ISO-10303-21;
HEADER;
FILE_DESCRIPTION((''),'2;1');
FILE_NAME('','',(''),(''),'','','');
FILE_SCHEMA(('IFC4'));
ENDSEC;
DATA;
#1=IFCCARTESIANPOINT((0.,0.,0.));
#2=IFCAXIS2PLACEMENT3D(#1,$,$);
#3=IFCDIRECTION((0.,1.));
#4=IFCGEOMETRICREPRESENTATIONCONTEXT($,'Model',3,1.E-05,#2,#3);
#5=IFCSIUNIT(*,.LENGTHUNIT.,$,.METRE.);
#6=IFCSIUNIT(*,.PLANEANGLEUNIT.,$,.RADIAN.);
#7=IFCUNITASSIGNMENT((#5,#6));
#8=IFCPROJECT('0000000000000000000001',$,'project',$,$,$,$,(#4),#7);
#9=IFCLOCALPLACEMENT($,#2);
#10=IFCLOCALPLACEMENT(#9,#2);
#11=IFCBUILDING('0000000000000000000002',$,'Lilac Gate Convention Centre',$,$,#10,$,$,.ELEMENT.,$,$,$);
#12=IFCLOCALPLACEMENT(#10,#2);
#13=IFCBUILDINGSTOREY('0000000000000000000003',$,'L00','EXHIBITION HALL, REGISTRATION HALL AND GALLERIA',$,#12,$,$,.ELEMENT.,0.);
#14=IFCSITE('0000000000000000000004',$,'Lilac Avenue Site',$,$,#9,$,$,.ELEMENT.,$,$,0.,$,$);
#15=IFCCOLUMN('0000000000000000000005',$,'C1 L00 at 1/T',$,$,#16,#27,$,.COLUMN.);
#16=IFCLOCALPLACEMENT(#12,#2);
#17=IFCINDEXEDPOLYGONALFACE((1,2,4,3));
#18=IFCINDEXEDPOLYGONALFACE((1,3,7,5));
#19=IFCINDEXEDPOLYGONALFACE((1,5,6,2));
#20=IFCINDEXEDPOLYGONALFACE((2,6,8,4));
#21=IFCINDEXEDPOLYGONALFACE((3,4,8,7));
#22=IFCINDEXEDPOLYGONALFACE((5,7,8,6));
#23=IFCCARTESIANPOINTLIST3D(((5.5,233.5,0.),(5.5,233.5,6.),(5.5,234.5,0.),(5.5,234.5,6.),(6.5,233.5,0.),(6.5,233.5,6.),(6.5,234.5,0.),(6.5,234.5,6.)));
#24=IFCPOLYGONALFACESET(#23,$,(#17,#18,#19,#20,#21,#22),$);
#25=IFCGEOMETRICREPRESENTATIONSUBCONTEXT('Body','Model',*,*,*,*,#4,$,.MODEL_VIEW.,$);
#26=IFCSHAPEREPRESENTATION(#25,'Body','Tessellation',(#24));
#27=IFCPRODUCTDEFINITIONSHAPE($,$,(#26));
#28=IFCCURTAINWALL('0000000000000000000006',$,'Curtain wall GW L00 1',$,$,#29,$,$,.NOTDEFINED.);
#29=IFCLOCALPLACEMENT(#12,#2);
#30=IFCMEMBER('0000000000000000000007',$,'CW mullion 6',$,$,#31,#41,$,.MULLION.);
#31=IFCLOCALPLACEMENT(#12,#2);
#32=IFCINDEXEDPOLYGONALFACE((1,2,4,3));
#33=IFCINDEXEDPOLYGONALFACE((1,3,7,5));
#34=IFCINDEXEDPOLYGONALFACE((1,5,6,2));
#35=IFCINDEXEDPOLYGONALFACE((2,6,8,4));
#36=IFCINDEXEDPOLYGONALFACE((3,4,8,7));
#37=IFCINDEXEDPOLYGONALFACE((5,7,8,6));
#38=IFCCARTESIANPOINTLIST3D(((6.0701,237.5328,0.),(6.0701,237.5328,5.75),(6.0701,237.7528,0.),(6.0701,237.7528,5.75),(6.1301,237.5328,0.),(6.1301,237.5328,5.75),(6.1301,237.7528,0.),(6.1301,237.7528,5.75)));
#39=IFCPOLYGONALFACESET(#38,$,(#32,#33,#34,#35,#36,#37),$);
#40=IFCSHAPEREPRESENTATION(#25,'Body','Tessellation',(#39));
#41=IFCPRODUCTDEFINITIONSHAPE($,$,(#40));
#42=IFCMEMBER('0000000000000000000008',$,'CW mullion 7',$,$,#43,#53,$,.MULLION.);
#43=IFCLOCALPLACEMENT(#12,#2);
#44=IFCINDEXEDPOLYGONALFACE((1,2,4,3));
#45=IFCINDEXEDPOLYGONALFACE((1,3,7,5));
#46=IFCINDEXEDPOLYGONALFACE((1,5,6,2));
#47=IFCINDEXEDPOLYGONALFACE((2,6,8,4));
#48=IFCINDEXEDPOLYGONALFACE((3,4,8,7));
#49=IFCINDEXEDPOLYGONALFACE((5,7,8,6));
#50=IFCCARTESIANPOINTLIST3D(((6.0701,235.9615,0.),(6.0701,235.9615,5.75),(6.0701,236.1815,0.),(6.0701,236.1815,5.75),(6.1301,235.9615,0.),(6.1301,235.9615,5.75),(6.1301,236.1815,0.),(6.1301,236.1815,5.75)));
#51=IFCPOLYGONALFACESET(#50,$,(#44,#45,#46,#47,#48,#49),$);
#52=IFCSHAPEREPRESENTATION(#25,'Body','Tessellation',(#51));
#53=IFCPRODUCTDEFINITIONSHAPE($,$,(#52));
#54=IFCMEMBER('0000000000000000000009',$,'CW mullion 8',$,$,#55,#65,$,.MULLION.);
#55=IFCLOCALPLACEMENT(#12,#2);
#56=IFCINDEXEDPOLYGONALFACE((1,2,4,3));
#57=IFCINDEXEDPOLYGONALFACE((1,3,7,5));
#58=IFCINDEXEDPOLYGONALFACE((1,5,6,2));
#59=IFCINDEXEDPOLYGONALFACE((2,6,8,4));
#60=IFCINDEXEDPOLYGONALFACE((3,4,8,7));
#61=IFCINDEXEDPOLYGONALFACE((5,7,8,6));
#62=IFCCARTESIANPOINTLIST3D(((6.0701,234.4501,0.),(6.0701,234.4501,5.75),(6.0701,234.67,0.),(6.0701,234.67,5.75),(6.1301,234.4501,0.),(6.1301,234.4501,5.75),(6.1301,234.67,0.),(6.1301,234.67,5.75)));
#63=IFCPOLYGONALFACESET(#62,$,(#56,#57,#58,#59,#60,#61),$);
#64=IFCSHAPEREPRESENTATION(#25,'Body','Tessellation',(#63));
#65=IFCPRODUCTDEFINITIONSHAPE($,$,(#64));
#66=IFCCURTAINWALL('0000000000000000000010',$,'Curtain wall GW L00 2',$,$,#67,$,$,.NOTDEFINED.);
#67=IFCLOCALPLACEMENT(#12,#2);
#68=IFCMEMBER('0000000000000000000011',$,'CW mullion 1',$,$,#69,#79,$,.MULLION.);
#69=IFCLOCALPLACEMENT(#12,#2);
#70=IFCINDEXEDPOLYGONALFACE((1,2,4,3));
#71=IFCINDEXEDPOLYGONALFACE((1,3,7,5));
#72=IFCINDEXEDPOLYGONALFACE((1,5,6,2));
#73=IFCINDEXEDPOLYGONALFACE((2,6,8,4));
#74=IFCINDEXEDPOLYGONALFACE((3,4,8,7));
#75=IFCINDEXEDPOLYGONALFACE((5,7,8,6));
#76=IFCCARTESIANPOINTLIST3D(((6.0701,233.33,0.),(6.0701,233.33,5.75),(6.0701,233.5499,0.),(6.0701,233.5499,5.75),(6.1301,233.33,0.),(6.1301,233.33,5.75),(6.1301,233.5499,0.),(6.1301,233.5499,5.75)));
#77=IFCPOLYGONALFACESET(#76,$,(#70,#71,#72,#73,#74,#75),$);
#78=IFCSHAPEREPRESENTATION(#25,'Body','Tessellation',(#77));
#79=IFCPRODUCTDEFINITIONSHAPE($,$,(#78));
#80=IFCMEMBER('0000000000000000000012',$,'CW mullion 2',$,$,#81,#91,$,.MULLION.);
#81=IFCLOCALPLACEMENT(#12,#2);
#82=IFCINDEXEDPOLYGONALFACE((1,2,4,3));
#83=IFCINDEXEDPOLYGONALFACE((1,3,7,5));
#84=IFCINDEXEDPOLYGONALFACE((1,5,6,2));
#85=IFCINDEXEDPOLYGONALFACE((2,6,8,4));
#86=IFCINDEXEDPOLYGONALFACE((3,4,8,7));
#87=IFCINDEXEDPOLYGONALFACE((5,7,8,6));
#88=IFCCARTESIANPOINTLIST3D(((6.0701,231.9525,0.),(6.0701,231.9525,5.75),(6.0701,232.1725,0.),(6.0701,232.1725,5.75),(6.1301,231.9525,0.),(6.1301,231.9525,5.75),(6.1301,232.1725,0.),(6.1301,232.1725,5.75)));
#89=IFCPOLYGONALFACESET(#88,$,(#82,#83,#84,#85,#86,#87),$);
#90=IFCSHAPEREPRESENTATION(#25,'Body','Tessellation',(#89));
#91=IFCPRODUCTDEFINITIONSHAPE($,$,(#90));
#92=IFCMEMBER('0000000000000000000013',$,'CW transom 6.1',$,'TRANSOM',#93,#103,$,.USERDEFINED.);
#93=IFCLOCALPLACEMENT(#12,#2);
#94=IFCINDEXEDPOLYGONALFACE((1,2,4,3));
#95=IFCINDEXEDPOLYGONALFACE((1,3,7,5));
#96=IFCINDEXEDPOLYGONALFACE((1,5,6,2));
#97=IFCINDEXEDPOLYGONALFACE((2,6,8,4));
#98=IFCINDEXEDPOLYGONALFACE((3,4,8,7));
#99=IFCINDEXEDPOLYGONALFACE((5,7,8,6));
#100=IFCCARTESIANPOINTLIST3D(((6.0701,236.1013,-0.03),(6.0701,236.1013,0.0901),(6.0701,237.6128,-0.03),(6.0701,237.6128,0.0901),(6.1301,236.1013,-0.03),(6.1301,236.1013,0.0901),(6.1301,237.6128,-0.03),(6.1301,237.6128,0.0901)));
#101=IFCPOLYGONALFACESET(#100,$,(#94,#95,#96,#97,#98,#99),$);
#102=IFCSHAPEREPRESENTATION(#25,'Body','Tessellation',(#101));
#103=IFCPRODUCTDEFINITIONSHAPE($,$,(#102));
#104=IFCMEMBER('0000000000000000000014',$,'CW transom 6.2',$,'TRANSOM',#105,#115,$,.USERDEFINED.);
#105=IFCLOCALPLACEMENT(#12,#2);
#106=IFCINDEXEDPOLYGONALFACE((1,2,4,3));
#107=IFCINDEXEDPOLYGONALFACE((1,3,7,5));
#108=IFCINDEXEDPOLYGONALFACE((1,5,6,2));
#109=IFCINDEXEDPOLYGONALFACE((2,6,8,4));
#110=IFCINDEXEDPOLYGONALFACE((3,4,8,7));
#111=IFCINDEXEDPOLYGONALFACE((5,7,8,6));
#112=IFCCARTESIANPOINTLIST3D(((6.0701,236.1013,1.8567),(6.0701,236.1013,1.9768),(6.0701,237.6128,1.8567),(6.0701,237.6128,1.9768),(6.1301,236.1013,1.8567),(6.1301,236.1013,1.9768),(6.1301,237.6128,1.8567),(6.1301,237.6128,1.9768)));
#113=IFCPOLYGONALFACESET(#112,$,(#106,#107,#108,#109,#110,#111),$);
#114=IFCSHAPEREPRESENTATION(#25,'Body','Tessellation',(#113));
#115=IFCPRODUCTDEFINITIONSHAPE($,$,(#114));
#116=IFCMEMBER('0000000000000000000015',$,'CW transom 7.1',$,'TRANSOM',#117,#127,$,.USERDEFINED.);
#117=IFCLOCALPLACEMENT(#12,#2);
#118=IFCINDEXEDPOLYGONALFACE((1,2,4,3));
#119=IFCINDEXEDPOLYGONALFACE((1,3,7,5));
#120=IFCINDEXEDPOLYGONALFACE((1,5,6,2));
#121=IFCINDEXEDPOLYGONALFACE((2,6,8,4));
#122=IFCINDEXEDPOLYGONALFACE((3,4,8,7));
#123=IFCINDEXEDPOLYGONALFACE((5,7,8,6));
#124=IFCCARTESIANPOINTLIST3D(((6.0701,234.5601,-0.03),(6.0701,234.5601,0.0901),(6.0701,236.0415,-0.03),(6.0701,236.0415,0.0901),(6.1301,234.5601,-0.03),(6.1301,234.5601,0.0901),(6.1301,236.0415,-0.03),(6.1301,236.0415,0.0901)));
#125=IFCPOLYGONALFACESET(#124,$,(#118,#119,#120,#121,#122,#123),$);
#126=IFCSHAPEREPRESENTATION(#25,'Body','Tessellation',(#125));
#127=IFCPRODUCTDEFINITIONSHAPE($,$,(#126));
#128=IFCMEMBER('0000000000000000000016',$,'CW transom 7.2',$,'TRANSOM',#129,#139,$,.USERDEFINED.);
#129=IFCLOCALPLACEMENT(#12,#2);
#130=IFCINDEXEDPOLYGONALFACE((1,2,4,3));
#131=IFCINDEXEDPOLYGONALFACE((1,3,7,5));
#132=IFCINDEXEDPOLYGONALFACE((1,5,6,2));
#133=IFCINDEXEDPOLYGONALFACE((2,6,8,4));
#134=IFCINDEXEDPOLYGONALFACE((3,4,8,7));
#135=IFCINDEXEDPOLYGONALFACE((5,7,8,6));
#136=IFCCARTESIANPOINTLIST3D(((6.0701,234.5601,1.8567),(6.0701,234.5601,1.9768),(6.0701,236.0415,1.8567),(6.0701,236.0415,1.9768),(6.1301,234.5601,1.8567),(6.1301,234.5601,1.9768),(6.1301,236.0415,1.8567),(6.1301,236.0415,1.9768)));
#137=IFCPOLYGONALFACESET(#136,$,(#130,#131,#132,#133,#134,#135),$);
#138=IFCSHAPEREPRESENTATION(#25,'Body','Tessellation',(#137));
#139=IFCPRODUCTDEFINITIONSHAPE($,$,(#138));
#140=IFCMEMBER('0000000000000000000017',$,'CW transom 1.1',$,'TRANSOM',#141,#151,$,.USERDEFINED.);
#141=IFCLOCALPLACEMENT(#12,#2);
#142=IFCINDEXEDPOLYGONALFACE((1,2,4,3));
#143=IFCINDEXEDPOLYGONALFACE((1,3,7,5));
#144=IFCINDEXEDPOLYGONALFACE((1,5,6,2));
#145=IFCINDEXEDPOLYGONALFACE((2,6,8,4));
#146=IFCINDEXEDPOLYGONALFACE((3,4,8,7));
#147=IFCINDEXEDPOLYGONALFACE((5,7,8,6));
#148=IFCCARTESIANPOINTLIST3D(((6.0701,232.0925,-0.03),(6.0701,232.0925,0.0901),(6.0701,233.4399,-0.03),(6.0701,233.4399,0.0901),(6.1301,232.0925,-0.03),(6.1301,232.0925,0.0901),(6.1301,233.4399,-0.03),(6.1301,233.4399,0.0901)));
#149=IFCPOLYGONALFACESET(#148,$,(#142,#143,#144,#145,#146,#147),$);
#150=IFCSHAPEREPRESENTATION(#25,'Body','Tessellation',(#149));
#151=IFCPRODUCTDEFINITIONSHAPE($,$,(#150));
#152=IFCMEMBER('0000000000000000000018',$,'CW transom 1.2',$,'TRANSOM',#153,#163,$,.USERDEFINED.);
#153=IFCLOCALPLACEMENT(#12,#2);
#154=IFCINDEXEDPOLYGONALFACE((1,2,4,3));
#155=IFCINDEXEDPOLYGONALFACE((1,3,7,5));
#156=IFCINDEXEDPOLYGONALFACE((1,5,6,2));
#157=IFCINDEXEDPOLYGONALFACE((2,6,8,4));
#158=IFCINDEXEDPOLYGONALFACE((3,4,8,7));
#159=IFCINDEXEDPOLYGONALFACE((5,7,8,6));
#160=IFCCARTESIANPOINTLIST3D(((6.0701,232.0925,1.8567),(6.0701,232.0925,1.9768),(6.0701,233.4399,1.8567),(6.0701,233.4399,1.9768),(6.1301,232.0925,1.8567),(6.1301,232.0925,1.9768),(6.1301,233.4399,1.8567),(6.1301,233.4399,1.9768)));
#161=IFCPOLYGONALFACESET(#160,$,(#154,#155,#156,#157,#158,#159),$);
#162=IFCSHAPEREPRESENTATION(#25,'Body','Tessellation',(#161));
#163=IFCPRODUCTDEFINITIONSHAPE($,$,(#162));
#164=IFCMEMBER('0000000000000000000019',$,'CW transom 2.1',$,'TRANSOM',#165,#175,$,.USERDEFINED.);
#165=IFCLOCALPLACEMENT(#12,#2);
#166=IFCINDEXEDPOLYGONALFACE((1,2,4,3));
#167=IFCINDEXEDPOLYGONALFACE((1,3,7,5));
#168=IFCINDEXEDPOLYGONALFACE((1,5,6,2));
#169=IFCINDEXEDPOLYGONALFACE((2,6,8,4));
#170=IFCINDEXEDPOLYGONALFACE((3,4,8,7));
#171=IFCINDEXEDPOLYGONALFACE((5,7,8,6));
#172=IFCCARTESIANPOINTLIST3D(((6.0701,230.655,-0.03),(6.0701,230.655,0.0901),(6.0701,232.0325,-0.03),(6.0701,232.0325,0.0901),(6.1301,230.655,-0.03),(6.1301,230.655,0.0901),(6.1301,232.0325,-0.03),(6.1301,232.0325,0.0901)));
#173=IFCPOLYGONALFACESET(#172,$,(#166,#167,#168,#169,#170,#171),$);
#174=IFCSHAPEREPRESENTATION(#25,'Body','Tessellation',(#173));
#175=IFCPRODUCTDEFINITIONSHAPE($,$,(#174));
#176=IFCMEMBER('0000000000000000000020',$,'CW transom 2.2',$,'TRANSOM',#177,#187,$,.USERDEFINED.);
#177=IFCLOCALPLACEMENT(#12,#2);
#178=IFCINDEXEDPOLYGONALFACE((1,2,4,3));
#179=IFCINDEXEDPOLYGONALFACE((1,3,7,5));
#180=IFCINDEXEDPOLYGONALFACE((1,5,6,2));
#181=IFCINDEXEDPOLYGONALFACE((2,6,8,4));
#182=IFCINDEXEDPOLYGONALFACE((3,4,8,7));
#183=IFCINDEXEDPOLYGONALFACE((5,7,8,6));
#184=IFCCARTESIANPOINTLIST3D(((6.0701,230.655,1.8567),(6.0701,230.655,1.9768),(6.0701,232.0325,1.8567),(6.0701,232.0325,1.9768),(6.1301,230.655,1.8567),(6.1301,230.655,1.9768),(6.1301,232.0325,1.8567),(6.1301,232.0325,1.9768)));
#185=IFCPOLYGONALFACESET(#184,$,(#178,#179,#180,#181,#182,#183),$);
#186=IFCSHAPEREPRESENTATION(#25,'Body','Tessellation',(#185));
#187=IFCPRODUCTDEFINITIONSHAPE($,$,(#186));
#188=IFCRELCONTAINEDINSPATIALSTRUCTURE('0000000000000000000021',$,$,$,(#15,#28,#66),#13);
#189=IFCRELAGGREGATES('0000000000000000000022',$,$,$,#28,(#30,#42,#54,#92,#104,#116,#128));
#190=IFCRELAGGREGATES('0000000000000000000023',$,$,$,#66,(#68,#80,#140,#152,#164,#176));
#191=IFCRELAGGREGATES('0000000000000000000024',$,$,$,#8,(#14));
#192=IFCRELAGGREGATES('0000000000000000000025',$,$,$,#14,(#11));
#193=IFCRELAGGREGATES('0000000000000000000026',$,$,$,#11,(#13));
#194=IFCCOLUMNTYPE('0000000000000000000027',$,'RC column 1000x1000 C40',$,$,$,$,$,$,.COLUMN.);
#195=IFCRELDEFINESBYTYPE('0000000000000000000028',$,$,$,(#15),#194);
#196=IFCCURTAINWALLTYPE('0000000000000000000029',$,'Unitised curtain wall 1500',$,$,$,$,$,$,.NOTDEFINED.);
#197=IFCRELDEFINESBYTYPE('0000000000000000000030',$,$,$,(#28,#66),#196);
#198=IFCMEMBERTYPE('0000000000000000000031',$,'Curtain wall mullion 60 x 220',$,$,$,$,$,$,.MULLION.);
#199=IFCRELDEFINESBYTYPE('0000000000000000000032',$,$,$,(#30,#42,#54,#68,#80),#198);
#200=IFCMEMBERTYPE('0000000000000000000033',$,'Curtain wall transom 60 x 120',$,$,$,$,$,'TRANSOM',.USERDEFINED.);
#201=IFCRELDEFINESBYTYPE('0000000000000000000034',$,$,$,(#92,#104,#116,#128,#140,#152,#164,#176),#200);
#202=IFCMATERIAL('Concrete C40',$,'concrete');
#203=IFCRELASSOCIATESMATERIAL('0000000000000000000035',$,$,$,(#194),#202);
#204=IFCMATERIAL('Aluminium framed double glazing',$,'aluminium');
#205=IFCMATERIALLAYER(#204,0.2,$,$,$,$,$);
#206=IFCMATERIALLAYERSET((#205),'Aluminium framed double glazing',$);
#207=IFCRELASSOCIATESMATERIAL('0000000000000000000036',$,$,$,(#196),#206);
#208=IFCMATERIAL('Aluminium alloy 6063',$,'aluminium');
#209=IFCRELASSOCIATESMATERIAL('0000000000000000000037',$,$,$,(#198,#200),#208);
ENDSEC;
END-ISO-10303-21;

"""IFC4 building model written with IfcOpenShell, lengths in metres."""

from ifc_helpers import new_model, si_unit, direction, frame, origin, origin_2d, place, context, subcontext, project, spatial, rectangle, extrude, material, layer, layer_set, material_profile, profile_set, type_object, element, aggregate, save


model = new_model("IFC4")

# Units and contexts
model_context = context("Model", 3, precision=1e-05, world=origin(), true_north=direction((0.0, 1.0)))
body_context = subcontext(model_context, "Body", "Model", "MODEL_VIEW")
ifc_project = project(units=[si_unit("LENGTHUNIT", "METRE"), si_unit("PLANEANGLEUNIT", "RADIAN")], contexts=[model_context])

# Site, building, storey
site_placement = place(None, origin())
site = spatial("IfcSite", under=ifc_project, at=site_placement, Name="Lilac Avenue Site", CompositionType="ELEMENT", RefElevation=0.0)
building_placement = place(site_placement, origin())
building = spatial("IfcBuilding", under=site, at=building_placement, Name="Lilac Gate Convention Centre", CompositionType="ELEMENT")
storey_placement = place(building_placement, origin())
storey = spatial("IfcBuildingStorey", under=building, at=storey_placement, Name="L00", Description="EXHIBITION HALL, REGISTRATION HALL AND GALLERIA", CompositionType="ELEMENT", Elevation=0.0)

# Column
ifc_material_1 = material(Name="Concrete C40", Category="concrete")
ifc_material_profile_1 = material_profile(ifc_material_1, rectangle(XDim=1.0, YDim=1.0, at=origin_2d()), Name="RC 1000x1000")
ifc_profile_set_1 = profile_set([ifc_material_profile_1], Name="Concrete C40")
column_type = type_object("IfcColumnType", Name="RC column 1000x1000 C40", PredefinedType="COLUMN", material=ifc_profile_set_1)
column_placement = place(storey_placement, frame((6.0, 234.0, 0.0), z_axis=(0.0, 0.0, 1.0), x_axis=(1.0, 0.0, 0.0)))
element("IfcColumn", 1, at=column_placement, inside=storey, type_object=column_type, Name="C1 L00 at 1/T", PredefinedType="COLUMN", context=body_context, shape_type="SweptSolid", body=[
    extrude(rectangle(XDim=1.0, YDim=1.0, at=origin_2d()), origin(), (0.0, 0.0, 1.0), 6.0),
])

# Curtain walls, members
ifc_material_2 = material(Name="Aluminium framed double glazing", Category="aluminium")
ifc_layer_1 = layer(ifc_material_2, 0.2)
ifc_layer_set_1 = layer_set([ifc_layer_1], Name="Aluminium framed double glazing")
curtain_wall_type = type_object("IfcCurtainWallType", Name="Unitised curtain wall 1500", PredefinedType="NOTDEFINED", material=ifc_layer_set_1)
curtain_wall_1_placement = place(storey_placement, origin())
curtain_wall_1 = element("IfcCurtainWall", 2, at=curtain_wall_1_placement, inside=storey, type_object=curtain_wall_type, Name="Curtain wall GW L00 1", PredefinedType="NOTDEFINED")
ifc_material_3 = material(Name="Aluminium alloy 6063", Category="aluminium")
ifc_material_profile_2 = material_profile(ifc_material_3, rectangle(XDim=0.0601, YDim=0.22, at=origin_2d()), Name="Curtain wall mullion 60 x 220")
ifc_profile_set_2 = profile_set([ifc_material_profile_2], Name="Aluminium alloy 6063")
member_type_1 = type_object("IfcMemberType", Name="Curtain wall mullion 60 x 220", PredefinedType="MULLION", material=ifc_profile_set_2)
member_1_placement = place(storey_placement, frame((6.1001, 237.6428, 0.0), z_axis=(0.0, 0.0, 1.0), x_axis=(1.0, 0.0, 0.0)))
member_1 = element("IfcMember", 3, at=member_1_placement, type_object=member_type_1, Name="CW mullion 6", PredefinedType="MULLION", context=body_context, shape_type="SweptSolid", body=[
    extrude(rectangle(XDim=0.0601, YDim=0.22, at=origin_2d()), origin(), (0.0, 0.0, 1.0), 5.75),
])
member_2_placement = place(storey_placement, frame((6.1001, 236.0715, 0.0), z_axis=(0.0, 0.0, 1.0), x_axis=(1.0, 0.0, 0.0)))
member_2 = element("IfcMember", 4, at=member_2_placement, type_object=member_type_1, Name="CW mullion 7", PredefinedType="MULLION", context=body_context, shape_type="SweptSolid", body=[
    extrude(rectangle(XDim=0.0601, YDim=0.22, at=origin_2d()), origin(), (0.0, 0.0, 1.0), 5.75),
])
member_3_placement = place(storey_placement, frame((6.1001, 234.5601, 0.0), z_axis=(0.0, 0.0, 1.0), x_axis=(1.0, 0.0, 0.0)))
member_3 = element("IfcMember", 5, at=member_3_placement, type_object=member_type_1, Name="CW mullion 8", PredefinedType="MULLION", context=body_context, shape_type="SweptSolid", body=[
    extrude(rectangle(XDim=0.0601, YDim=0.22, at=origin_2d()), origin(), (0.0, 0.0, 1.0), 5.75),
])
curtain_wall_2_placement = place(storey_placement, origin())
curtain_wall_2 = element("IfcCurtainWall", 6, at=curtain_wall_2_placement, inside=storey, type_object=curtain_wall_type, Name="Curtain wall GW L00 2", PredefinedType="NOTDEFINED")
member_4_placement = place(storey_placement, frame((6.1001, 233.4399, 0.0), z_axis=(0.0, 0.0, 1.0), x_axis=(1.0, 0.0, 0.0)))
member_4 = element("IfcMember", 7, at=member_4_placement, type_object=member_type_1, Name="CW mullion 1", PredefinedType="MULLION", context=body_context, shape_type="SweptSolid", body=[
    extrude(rectangle(XDim=0.0601, YDim=0.22, at=origin_2d()), origin(), (0.0, 0.0, 1.0), 5.75),
])
member_5_placement = place(storey_placement, frame((6.1001, 232.0625, 0.0), z_axis=(0.0, 0.0, 1.0), x_axis=(1.0, 0.0, 0.0)))
member_5 = element("IfcMember", 8, at=member_5_placement, type_object=member_type_1, Name="CW mullion 2", PredefinedType="MULLION", context=body_context, shape_type="SweptSolid", body=[
    extrude(rectangle(XDim=0.0601, YDim=0.22, at=origin_2d()), origin(), (0.0, 0.0, 1.0), 5.75),
])

# Members
ifc_material_profile_3 = material_profile(ifc_material_3, rectangle(XDim=0.0601, YDim=0.1201, at=origin_2d()), Name="Curtain wall transom 60 x 120")
ifc_profile_set_3 = profile_set([ifc_material_profile_3], Name="Aluminium alloy 6063")
member_type_2 = type_object("IfcMemberType", Name="Curtain wall transom 60 x 120", ElementType="TRANSOM", PredefinedType="USERDEFINED", material=ifc_profile_set_3)
member_6_placement = place(storey_placement, frame((6.1001, 237.6128, 0.03), z_axis=(0.0, -1.0, 0.0), x_axis=(1.0, 0.0, 0.0)))
member_6 = element("IfcMember", 9, at=member_6_placement, type_object=member_type_2, Name="CW transom 6.1", ObjectType="TRANSOM", PredefinedType="USERDEFINED", context=body_context, shape_type="SweptSolid", body=[
    extrude(rectangle(XDim=0.0601, YDim=0.1201, at=origin_2d()), origin(), (0.0, 0.0, 1.0), 1.5115),
])
member_7_placement = place(storey_placement, frame((6.1001, 237.6128, 1.9167), z_axis=(0.0, -1.0, 0.0), x_axis=(1.0, 0.0, 0.0)))
member_7 = element("IfcMember", 10, at=member_7_placement, type_object=member_type_2, Name="CW transom 6.2", ObjectType="TRANSOM", PredefinedType="USERDEFINED", context=body_context, shape_type="SweptSolid", body=[
    extrude(rectangle(XDim=0.0601, YDim=0.1201, at=origin_2d()), origin(), (0.0, 0.0, 1.0), 1.5115),
])
member_8_placement = place(storey_placement, frame((6.1001, 236.0415, 0.03), z_axis=(0.0, -1.0, 0.0), x_axis=(1.0, 0.0, 0.0)))
member_8 = element("IfcMember", 11, at=member_8_placement, type_object=member_type_2, Name="CW transom 7.1", ObjectType="TRANSOM", PredefinedType="USERDEFINED", context=body_context, shape_type="SweptSolid", body=[
    extrude(rectangle(XDim=0.0601, YDim=0.1201, at=origin_2d()), origin(), (0.0, 0.0, 1.0), 1.4814),
])
member_9_placement = place(storey_placement, frame((6.1001, 236.0415, 1.9167), z_axis=(0.0, -1.0, 0.0), x_axis=(1.0, 0.0, 0.0)))
member_9 = element("IfcMember", 12, at=member_9_placement, type_object=member_type_2, Name="CW transom 7.2", ObjectType="TRANSOM", PredefinedType="USERDEFINED", context=body_context, shape_type="SweptSolid", body=[
    extrude(rectangle(XDim=0.0601, YDim=0.1201, at=origin_2d()), origin(), (0.0, 0.0, 1.0), 1.4814),
])
member_10_placement = place(storey_placement, frame((6.1001, 233.4399, 0.03), z_axis=(0.0, -1.0, 0.0), x_axis=(1.0, 0.0, 0.0)))
member_10 = element("IfcMember", 13, at=member_10_placement, type_object=member_type_2, Name="CW transom 1.1", ObjectType="TRANSOM", PredefinedType="USERDEFINED", context=body_context, shape_type="SweptSolid", body=[
    extrude(rectangle(XDim=0.0601, YDim=0.1201, at=origin_2d()), origin(), (0.0, 0.0, 1.0), 1.3474),
])
member_11_placement = place(storey_placement, frame((6.1001, 233.4399, 1.9167), z_axis=(0.0, -1.0, 0.0), x_axis=(1.0, 0.0, 0.0)))
member_11 = element("IfcMember", 14, at=member_11_placement, type_object=member_type_2, Name="CW transom 1.2", ObjectType="TRANSOM", PredefinedType="USERDEFINED", context=body_context, shape_type="SweptSolid", body=[
    extrude(rectangle(XDim=0.0601, YDim=0.1201, at=origin_2d()), origin(), (0.0, 0.0, 1.0), 1.3474),
])
member_12_placement = place(storey_placement, frame((6.1001, 232.0325, 0.03), z_axis=(0.0, -1.0, 0.0), x_axis=(1.0, 0.0, 0.0)))
member_12 = element("IfcMember", 15, at=member_12_placement, type_object=member_type_2, Name="CW transom 2.1", ObjectType="TRANSOM", PredefinedType="USERDEFINED", context=body_context, shape_type="SweptSolid", body=[
    extrude(rectangle(XDim=0.0601, YDim=0.1201, at=origin_2d()), origin(), (0.0, 0.0, 1.0), 1.3774),
])
member_13_placement = place(storey_placement, frame((6.1001, 232.0325, 1.9167), z_axis=(0.0, -1.0, 0.0), x_axis=(1.0, 0.0, 0.0)))
member_13 = element("IfcMember", 16, at=member_13_placement, type_object=member_type_2, Name="CW transom 2.2", ObjectType="TRANSOM", PredefinedType="USERDEFINED", context=body_context, shape_type="SweptSolid", body=[
    extrude(rectangle(XDim=0.0601, YDim=0.1201, at=origin_2d()), origin(), (0.0, 0.0, 1.0), 1.3774),
])

aggregate(curtain_wall_1, [member_1, member_2, member_3, member_6, member_7, member_8, member_9])
aggregate(curtain_wall_2, [member_4, member_5, member_10, member_11, member_12, member_13])

save(model, "model.ifc")
